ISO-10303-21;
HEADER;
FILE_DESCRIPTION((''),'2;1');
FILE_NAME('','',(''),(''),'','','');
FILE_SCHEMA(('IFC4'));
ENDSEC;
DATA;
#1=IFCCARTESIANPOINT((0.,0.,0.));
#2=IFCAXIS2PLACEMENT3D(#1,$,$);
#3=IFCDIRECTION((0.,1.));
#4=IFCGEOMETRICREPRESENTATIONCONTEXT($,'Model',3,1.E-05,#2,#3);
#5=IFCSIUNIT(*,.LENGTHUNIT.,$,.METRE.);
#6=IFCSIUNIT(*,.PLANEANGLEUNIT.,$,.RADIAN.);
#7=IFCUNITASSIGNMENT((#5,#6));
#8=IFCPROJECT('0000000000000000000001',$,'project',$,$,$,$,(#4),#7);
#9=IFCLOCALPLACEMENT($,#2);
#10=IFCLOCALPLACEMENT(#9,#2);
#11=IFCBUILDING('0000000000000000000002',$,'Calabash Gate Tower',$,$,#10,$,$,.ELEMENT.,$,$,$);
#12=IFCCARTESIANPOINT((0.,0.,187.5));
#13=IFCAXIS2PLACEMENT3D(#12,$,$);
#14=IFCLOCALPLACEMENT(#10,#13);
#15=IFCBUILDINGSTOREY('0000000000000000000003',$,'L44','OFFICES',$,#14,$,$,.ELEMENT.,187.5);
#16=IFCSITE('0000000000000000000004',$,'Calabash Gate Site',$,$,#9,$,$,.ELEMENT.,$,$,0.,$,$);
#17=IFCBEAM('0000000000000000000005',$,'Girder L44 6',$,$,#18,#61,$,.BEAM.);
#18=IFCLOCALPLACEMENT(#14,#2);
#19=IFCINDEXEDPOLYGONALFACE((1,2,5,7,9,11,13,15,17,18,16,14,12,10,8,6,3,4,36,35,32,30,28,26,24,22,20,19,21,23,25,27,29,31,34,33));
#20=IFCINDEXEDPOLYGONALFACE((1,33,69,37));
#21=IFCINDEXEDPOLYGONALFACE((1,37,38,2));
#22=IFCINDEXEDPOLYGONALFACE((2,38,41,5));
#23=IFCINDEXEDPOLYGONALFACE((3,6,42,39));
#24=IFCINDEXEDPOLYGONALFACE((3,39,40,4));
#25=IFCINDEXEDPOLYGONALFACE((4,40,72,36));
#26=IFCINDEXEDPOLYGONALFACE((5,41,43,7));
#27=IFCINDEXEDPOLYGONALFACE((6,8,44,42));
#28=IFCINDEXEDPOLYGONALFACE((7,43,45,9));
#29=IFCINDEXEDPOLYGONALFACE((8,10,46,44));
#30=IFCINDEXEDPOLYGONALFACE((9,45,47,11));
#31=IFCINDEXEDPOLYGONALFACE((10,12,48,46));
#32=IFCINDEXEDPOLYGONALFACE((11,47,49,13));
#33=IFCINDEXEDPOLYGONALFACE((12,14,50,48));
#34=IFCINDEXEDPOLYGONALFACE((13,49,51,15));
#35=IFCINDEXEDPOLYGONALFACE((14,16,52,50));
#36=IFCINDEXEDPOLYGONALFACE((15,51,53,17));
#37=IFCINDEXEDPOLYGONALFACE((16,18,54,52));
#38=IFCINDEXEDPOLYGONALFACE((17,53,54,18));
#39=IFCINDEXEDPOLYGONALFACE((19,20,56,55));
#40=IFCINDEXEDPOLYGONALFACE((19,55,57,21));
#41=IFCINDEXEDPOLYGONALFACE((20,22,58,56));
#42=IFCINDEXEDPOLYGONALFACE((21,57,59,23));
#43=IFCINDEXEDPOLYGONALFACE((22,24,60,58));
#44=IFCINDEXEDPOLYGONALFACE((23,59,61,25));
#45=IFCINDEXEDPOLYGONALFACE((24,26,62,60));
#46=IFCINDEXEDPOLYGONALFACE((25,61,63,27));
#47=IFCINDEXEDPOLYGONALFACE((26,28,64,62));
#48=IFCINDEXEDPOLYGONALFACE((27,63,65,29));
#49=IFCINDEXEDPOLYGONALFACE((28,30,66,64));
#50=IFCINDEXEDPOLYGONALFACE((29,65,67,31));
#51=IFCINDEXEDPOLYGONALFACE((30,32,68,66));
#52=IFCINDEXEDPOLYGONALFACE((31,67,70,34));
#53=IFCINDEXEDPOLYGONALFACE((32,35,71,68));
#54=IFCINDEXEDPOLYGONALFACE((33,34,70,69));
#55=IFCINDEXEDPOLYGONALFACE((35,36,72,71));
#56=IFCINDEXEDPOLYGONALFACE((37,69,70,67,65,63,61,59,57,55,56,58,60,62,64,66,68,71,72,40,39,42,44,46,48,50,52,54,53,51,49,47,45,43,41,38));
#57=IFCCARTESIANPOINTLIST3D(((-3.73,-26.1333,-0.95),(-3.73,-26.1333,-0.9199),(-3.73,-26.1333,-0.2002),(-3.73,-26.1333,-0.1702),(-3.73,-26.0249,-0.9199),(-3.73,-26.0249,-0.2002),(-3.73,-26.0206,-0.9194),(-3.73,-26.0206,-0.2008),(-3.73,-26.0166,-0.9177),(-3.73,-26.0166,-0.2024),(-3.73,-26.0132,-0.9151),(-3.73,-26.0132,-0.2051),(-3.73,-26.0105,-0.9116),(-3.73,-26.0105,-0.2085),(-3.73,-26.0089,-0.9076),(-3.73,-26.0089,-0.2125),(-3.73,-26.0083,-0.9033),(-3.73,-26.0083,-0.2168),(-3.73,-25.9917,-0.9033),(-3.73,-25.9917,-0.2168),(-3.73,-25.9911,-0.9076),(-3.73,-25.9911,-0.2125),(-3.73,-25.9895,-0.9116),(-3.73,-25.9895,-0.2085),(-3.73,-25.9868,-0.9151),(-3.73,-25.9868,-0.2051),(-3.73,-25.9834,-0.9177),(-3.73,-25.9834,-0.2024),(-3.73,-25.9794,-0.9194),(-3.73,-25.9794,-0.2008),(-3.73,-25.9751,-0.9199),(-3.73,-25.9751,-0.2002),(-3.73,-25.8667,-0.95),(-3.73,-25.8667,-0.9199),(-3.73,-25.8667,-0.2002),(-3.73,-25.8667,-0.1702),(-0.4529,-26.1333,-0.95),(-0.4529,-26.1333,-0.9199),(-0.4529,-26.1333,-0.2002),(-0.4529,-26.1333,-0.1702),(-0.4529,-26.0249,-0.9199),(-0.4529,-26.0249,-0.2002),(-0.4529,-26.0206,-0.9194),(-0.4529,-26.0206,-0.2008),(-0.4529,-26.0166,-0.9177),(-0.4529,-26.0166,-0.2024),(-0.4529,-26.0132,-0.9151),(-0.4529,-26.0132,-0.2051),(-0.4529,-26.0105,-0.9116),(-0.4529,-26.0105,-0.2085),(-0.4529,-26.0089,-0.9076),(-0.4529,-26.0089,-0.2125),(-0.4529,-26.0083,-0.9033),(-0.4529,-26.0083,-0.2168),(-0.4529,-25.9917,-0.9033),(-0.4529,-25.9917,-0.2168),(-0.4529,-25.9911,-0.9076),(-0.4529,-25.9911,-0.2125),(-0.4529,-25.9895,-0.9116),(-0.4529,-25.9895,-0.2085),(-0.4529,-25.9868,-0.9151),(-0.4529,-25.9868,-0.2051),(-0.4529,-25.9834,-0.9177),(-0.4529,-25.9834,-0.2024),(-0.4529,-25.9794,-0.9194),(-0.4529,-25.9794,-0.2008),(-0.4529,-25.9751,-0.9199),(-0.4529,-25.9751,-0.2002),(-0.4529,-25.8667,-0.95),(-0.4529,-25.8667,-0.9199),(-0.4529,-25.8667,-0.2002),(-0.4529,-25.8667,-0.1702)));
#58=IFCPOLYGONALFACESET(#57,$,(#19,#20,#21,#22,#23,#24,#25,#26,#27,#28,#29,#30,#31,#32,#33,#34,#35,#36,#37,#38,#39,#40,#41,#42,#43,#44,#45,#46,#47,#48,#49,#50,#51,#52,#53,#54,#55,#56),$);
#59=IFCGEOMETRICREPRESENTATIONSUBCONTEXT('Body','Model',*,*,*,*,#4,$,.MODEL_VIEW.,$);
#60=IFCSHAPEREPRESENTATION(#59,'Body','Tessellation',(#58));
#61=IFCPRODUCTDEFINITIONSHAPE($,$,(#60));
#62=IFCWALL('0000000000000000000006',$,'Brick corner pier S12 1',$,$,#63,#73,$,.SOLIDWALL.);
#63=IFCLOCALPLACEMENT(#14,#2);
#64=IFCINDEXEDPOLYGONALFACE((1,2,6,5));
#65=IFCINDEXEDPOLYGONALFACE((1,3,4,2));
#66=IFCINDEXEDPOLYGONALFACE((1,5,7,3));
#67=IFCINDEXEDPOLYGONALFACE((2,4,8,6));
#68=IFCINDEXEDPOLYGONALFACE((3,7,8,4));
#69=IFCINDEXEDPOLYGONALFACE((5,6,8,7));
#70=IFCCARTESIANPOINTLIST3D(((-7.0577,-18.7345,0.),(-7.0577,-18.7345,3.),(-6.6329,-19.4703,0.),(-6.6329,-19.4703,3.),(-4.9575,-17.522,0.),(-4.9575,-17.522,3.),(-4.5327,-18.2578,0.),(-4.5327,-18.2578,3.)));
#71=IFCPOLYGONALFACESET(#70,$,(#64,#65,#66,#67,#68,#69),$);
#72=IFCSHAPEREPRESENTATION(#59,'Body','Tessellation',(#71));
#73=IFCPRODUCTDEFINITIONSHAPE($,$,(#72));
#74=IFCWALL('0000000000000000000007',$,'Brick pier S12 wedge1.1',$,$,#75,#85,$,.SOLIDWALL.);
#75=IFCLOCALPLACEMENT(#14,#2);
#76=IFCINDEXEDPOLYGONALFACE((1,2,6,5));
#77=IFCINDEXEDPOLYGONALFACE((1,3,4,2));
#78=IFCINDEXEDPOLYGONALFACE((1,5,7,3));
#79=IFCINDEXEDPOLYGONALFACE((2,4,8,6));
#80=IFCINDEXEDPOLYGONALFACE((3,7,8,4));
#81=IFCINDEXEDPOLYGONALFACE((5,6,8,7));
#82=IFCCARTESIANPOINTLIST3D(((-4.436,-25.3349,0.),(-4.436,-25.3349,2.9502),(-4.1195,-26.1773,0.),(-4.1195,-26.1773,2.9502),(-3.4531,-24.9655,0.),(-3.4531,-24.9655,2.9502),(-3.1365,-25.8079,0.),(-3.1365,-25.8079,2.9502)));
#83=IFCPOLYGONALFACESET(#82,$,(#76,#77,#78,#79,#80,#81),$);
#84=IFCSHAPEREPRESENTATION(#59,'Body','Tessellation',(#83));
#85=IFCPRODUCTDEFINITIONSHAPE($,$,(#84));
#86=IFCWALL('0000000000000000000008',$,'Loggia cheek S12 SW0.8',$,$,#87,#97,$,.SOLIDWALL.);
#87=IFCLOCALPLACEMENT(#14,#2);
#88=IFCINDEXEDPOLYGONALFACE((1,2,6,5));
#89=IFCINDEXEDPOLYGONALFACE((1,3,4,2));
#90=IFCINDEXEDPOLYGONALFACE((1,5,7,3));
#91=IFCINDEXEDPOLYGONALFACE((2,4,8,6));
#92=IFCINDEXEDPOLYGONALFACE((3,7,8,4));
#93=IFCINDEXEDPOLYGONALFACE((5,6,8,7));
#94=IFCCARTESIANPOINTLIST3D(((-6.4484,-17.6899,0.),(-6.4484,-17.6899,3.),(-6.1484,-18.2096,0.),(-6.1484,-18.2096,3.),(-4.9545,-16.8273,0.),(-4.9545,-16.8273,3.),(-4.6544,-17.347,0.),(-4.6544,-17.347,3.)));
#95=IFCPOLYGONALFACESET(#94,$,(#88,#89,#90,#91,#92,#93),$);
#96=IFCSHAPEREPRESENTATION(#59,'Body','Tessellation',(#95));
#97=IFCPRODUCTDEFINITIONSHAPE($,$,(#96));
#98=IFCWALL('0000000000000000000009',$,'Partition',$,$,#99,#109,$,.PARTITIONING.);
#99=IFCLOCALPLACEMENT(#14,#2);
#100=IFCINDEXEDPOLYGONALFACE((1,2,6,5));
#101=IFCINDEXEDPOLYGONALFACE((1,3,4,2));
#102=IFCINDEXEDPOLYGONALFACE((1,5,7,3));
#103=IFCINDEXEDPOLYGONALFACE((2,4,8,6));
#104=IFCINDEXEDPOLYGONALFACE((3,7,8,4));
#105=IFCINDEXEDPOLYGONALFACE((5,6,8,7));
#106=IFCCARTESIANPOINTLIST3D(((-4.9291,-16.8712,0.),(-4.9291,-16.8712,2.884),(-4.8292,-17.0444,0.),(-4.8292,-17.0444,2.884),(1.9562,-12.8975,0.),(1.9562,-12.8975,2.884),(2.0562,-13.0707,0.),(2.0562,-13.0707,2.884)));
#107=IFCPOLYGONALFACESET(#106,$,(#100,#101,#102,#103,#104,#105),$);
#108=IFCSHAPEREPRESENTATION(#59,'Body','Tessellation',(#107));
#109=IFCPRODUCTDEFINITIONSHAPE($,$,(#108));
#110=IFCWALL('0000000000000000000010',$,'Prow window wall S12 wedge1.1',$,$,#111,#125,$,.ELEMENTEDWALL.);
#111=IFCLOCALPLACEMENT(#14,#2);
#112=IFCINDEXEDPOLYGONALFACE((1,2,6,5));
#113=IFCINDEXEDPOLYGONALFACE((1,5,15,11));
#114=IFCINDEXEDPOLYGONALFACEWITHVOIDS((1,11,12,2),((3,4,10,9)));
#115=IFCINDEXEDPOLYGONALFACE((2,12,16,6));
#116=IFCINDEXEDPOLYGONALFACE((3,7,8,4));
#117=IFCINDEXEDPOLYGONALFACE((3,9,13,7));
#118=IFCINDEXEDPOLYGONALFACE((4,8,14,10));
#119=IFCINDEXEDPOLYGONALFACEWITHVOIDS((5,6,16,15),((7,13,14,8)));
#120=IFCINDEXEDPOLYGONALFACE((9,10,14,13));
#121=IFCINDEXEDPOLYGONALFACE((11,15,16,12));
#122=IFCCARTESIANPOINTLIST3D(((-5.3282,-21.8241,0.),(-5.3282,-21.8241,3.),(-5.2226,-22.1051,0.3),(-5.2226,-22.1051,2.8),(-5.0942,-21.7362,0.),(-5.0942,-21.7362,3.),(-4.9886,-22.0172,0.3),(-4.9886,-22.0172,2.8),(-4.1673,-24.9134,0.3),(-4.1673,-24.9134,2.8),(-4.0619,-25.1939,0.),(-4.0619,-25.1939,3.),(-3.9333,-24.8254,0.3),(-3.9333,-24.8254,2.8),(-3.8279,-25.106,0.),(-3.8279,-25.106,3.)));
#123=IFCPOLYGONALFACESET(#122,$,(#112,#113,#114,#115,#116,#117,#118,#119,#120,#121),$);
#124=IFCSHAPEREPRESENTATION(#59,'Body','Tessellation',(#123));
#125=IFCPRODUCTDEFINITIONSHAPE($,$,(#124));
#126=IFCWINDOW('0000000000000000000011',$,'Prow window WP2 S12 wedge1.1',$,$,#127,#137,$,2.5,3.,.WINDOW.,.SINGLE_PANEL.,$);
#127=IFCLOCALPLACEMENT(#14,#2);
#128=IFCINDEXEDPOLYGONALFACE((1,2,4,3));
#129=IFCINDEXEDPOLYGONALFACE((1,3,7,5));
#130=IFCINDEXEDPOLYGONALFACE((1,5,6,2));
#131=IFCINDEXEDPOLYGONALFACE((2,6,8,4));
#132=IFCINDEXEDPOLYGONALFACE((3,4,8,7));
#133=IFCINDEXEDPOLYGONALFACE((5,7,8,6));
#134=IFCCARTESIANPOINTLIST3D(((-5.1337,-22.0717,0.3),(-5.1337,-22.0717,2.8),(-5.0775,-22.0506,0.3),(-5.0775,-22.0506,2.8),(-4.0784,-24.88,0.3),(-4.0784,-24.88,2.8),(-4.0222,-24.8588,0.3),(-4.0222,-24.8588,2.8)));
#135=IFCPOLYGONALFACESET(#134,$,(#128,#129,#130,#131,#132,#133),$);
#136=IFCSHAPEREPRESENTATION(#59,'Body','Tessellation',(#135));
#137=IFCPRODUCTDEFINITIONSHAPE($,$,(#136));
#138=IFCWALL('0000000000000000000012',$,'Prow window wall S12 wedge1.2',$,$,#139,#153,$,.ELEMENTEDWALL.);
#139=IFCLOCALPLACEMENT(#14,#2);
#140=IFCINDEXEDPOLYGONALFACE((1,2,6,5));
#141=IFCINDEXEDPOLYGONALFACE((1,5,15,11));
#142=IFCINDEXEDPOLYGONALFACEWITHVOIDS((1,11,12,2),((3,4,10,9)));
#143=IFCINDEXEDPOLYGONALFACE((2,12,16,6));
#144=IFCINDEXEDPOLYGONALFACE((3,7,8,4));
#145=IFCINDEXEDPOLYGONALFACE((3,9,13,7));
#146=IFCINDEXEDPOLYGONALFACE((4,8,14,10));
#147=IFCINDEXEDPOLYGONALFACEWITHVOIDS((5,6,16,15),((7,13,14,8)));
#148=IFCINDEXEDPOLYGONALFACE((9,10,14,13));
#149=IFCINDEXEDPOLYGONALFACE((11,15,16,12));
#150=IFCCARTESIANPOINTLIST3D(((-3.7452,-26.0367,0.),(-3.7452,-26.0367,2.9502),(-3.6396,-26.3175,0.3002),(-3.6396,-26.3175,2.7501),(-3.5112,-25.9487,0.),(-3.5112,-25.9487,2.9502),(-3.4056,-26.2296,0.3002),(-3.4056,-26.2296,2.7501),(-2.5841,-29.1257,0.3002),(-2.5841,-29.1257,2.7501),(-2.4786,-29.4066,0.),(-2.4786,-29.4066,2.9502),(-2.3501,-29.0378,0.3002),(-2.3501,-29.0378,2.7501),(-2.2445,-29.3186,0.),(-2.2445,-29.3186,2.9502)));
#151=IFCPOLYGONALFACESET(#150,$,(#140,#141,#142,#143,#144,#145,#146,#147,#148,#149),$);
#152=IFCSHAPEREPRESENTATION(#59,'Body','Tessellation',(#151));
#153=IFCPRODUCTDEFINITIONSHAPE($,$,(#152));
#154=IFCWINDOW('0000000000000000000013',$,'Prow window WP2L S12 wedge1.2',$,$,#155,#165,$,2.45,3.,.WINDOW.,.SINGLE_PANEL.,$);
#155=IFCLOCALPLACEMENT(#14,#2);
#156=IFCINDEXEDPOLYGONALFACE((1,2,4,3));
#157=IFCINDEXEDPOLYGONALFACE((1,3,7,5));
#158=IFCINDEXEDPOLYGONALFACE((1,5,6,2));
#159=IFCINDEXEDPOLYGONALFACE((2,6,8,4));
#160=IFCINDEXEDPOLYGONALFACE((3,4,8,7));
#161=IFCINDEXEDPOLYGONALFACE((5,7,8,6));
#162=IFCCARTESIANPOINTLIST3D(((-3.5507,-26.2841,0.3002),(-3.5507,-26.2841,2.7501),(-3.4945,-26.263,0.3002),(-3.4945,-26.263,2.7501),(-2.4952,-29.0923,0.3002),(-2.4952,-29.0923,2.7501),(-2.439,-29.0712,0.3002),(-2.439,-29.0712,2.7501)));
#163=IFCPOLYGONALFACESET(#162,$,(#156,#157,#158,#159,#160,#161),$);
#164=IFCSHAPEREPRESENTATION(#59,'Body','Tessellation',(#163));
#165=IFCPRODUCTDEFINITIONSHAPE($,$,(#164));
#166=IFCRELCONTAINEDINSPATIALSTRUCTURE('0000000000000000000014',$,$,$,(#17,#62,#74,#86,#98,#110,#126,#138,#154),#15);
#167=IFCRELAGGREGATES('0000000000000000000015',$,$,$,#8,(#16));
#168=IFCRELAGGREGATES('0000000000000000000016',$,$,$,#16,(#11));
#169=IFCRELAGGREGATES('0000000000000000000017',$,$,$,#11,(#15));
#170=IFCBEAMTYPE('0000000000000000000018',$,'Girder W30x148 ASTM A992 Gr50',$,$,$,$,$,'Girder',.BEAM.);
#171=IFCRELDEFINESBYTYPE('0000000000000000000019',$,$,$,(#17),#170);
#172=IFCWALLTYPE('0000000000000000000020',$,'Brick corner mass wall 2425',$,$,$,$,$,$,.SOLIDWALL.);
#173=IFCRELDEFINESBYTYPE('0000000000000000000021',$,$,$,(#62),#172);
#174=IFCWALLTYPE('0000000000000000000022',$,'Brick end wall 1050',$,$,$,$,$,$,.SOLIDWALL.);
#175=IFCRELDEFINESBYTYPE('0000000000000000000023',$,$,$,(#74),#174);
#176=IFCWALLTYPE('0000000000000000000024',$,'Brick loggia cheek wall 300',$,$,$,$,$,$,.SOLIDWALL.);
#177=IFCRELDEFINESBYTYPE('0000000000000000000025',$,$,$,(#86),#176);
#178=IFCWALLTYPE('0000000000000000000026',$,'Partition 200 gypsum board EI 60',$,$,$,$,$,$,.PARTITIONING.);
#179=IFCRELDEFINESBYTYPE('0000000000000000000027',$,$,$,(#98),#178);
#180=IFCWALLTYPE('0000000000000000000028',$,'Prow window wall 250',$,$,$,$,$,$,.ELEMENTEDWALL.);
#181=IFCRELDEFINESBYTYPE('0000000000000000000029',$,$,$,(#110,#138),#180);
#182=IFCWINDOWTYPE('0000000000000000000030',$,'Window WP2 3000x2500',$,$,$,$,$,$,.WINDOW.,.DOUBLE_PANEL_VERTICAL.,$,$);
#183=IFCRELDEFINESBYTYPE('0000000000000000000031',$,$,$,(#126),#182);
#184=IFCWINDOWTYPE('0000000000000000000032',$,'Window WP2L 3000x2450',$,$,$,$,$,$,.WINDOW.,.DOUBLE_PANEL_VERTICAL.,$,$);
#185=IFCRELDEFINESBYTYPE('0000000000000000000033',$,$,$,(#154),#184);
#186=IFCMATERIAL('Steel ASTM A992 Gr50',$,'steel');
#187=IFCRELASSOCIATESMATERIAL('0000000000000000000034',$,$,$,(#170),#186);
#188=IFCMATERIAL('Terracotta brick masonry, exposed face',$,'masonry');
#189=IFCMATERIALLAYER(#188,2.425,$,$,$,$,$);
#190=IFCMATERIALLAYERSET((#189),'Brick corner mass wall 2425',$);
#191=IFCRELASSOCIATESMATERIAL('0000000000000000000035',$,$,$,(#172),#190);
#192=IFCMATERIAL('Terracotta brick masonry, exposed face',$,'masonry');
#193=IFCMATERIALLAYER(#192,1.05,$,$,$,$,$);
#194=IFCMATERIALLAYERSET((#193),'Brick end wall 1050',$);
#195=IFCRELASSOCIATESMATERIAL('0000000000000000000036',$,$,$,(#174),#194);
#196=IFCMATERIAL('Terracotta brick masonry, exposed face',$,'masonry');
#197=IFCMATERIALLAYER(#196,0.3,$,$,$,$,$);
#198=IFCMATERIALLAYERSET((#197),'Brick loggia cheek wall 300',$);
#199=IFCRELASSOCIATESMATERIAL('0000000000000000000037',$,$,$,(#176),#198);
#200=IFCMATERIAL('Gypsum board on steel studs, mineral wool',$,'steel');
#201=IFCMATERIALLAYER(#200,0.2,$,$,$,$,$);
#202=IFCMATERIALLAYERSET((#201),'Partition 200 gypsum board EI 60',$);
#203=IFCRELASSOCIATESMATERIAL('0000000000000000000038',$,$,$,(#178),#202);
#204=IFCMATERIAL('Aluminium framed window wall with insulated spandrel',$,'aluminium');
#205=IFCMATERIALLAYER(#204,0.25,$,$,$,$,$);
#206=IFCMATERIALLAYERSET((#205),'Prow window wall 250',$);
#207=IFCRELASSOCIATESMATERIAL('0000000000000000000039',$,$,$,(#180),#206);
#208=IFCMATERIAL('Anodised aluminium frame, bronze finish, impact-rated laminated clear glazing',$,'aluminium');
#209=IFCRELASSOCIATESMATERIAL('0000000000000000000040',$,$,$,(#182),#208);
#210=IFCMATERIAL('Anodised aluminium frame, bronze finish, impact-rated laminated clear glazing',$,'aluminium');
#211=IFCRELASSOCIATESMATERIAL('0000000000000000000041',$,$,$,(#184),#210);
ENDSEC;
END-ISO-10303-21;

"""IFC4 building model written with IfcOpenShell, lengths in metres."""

from ifc_helpers import new_model, si_unit, direction, frame, frame_2d, origin, origin_2d, place, context, subcontext, project, spatial, rectangle, i_section, extrude, material, layer, layer_set, material_profile, profile_set, type_object, element, fill, save


model = new_model("IFC4")

# Units and contexts
model_context = context("Model", 3, precision=1e-05, world=origin(), true_north=direction((0.0, 1.0)))
body_context = subcontext(model_context, "Body", "Model", "MODEL_VIEW")
ifc_project = project(units=[si_unit("LENGTHUNIT", "METRE"), si_unit("PLANEANGLEUNIT", "RADIAN")], contexts=[model_context])

# Site, building, storey
site_placement = place(None, origin())
site = spatial("IfcSite", under=ifc_project, at=site_placement, Name="Calabash Gate Site", CompositionType="ELEMENT", RefElevation=0.0)
building_placement = place(site_placement, origin())
building = spatial("IfcBuilding", under=site, at=building_placement, Name="Calabash Gate Tower", CompositionType="ELEMENT")
storey_placement = place(building_placement, frame((0.0, 0.0, 187.5)))
storey = spatial("IfcBuildingStorey", under=building, at=storey_placement, Name="L44", Description="OFFICES", CompositionType="ELEMENT", Elevation=187.5)

# Beam
ifc_material_1 = material(Name="Steel ASTM A992 Gr50", Category="steel")
ifc_material_profile_1 = material_profile(ifc_material_1, i_section(OverallWidth=0.2666, OverallDepth=0.7798, WebThickness=0.0166, FlangeThickness=0.03, FilletRadius=0.0166, at=origin_2d()))
ifc_profile_set_1 = profile_set([ifc_material_profile_1], Name="Steel ASTM A992 Gr50")
beam_type_1 = type_object("IfcBeamType", Name="Girder W30x148 ASTM A992 Gr50", ElementType="Girder", PredefinedType="BEAM", material=ifc_profile_set_1)
beam_1_placement = place(storey_placement, frame((-3.73, -26.0, -0.5601), z_axis=(1.0, 0.0, 0.0), x_axis=(0.0, 1.0, 0.0)))
element("IfcBeam", 1, at=beam_1_placement, inside=storey, type_object=beam_type_1, Name="Girder L44 6", PredefinedType="BEAM", context=body_context, shape_type="SweptSolid", body=[
    extrude(i_section(OverallWidth=0.2666, OverallDepth=0.7798, WebThickness=0.0166, FlangeThickness=0.03, FilletRadius=0.0166, at=origin_2d()), origin(), (0.0, 0.0, 1.0), 3.2771),
])

# Walls
ifc_material_2 = material(Name="Terracotta brick masonry, exposed face", Category="masonry")
ifc_layer_1 = layer(ifc_material_2, 2.425)
ifc_layer_set_1 = layer_set([ifc_layer_1], Name="Brick corner mass wall 2425")
wall_type_1 = type_object("IfcWallType", Name="Brick corner mass wall 2425", PredefinedType="SOLIDWALL", material=ifc_layer_set_1)
wall_1_placement = place(storey_placement, frame((-6.8452, -19.1023, 0.0), z_axis=(0.0, 0.0, 1.0), x_axis=(0.866041, 0.499972, 0.0)))
element("IfcWall", 2, at=wall_1_placement, inside=storey, type_object=wall_type_1, Name="Brick corner pier S12 1", PredefinedType="SOLIDWALL", context=body_context, shape_type="SweptSolid", body=[
    extrude(rectangle(XDim=2.425, YDim=0.8496, at=frame_2d((1.2124, 0.0))), origin(), (0.0, 0.0, 1.0), 3.0),
])
ifc_material_3 = material(Name="Terracotta brick masonry, exposed face", Category="masonry")
ifc_layer_2 = layer(ifc_material_3, 1.05)
ifc_layer_set_2 = layer_set([ifc_layer_2], Name="Brick end wall 1050")
wall_type_2 = type_object("IfcWallType", Name="Brick end wall 1050", PredefinedType="SOLIDWALL", material=ifc_layer_set_2)
wall_2_placement = place(storey_placement, frame((-3.2949, -25.3867, 0.0), z_axis=(0.0, 0.0, 1.0), x_axis=(-0.936081, -0.351786, 0.0)))
element("IfcWall", 3, at=wall_2_placement, inside=storey, type_object=wall_type_2, Name="Brick pier S12 wedge1.1", PredefinedType="SOLIDWALL", context=body_context, shape_type="SweptSolid", body=[
    extrude(rectangle(XDim=1.05, YDim=0.8999, at=frame_2d((0.5249, 0.0))), origin(), (0.0, 0.0, 1.0), 2.9502),
])
ifc_material_4 = material(Name="Terracotta brick masonry, exposed face", Category="masonry")
ifc_layer_3 = layer(ifc_material_4, 0.3)
ifc_layer_set_3 = layer_set([ifc_layer_3], Name="Brick loggia cheek wall 300")
wall_type_3 = type_object("IfcWallType", Name="Brick loggia cheek wall 300", PredefinedType="SOLIDWALL", material=ifc_layer_set_3)
wall_3_placement = place(storey_placement, frame((-4.8044, -17.0872, 0.0), z_axis=(0.0, 0.0, 1.0), x_axis=(-0.866014, -0.500021, 0.0)))
element("IfcWall", 4, at=wall_3_placement, inside=storey, type_object=wall_type_3, Name="Loggia cheek S12 SW0.8", PredefinedType="SOLIDWALL", context=body_context, shape_type="SweptSolid", body=[
    extrude(rectangle(XDim=1.7251, YDim=0.6001, at=frame_2d((0.8625, 0.0))), origin(), (0.0, 0.0, 1.0), 3.0),
])
ifc_material_5 = material(Name="Gypsum board on steel studs, mineral wool", Category="steel")
ifc_layer_4 = layer(ifc_material_5, 0.2)
ifc_layer_set_4 = layer_set([ifc_layer_4], Name="Partition 200 gypsum board EI 60")
wall_type_4 = type_object("IfcWallType", Name="Partition 200 gypsum board EI 60", PredefinedType="PARTITIONING", material=ifc_layer_set_4)
wall_4_placement = place(storey_placement, frame((-4.8792, -16.9578, 0.0), z_axis=(0.0, 0.0, 1.0), x_axis=(0.866111, 0.499852, 0.0)))
element("IfcWall", 5, at=wall_4_placement, inside=storey, type_object=wall_type_4, Name="Partition", PredefinedType="PARTITIONING", context=body_context, shape_type="SweptSolid", body=[
    extrude(rectangle(XDim=7.9497, YDim=0.2, at=frame_2d((3.9749, 0.0))), origin(), (0.0, 0.0, 1.0), 2.884),
])

# Walls, openings, windows
ifc_material_6 = material(Name="Aluminium framed window wall with insulated spandrel", Category="aluminium")
ifc_layer_5 = layer(ifc_material_6, 0.25)
ifc_layer_set_5 = layer_set([ifc_layer_5], Name="Prow window wall 250")
wall_type_5 = type_object("IfcWallType", Name="Prow window wall 250", PredefinedType="ELEMENTEDWALL", material=ifc_layer_set_5)
wall_5_placement = place(storey_placement, frame((-5.2112, -21.7803, 0.0), z_axis=(0.0, 0.0, 1.0), x_axis=(0.35177, -0.936086, 0.0)))
wall_5 = element("IfcWall", 6, at=wall_5_placement, inside=storey, type_object=wall_type_5, Name="Prow window wall S12 wedge1.1", PredefinedType="ELEMENTEDWALL", context=body_context, shape_type="SweptSolid", body=[
    extrude(rectangle(XDim=3.5999, YDim=0.25, at=frame_2d((1.7998, 0.0))), origin(), (0.0, 0.0, 1.0), 3.0),
])
opening_1_placement = place(wall_5_placement, frame((0.3, 0.0, 0.3)))
opening_1 = element("IfcOpeningElement", 7, at=opening_1_placement, cuts=wall_5, PredefinedType="OPENING", context=body_context, shape_type="SweptSolid", body=[
    extrude(rectangle(XDim=3.0, YDim=2.5, at=frame_2d((1.5, 1.25))), frame((0.0, 0.135, 0.0), z_axis=(0.0, -1.0, 0.0), x_axis=(1.0, 0.0, 0.0)), (0.0, 0.0, 1.0), 0.27),
])
ifc_material_7 = material(Name="Anodised aluminium frame, bronze finish, impact-rated laminated clear glazing", Category="aluminium")
window_type_1 = type_object("IfcWindowType", Name="Window WP2 3000x2500", PartitioningType="DOUBLE_PANEL_VERTICAL", PredefinedType="WINDOW", material=ifc_material_7)
window_1_placement = place(opening_1_placement, origin())
window_1 = element("IfcWindow", 8, at=window_1_placement, inside=storey, type_object=window_type_1, Name="Prow window WP2 S12 wedge1.1", OverallHeight=2.5, OverallWidth=3.0, PartitioningType="SINGLE_PANEL", PredefinedType="WINDOW", context=body_context, shape_type="SweptSolid", body=[
    extrude(rectangle(XDim=3.0, YDim=2.5, at=frame_2d((1.5, 1.25))), frame((0.0, 0.03, 0.0), z_axis=(0.0, -1.0, 0.0), x_axis=(1.0, 0.0, 0.0)), (0.0, 0.0, 1.0), 0.0601),
])
fill(opening_1, window_1)
wall_6_placement = place(storey_placement, frame((-3.6282, -25.9927, 0.0), z_axis=(0.0, 0.0, 1.0), x_axis=(0.351829, -0.936064, 0.0)))
wall_6 = element("IfcWall", 9, at=wall_6_placement, inside=storey, type_object=wall_type_5, Name="Prow window wall S12 wedge1.2", PredefinedType="ELEMENTEDWALL", context=body_context, shape_type="SweptSolid", body=[
    extrude(rectangle(XDim=3.6001, YDim=0.25, at=frame_2d((1.8, 0.0))), origin(), (0.0, 0.0, 1.0), 2.9502),
])
opening_2_placement = place(wall_6_placement, frame((0.3, 0.0, 0.3)))
opening_2 = element("IfcOpeningElement", 10, at=opening_2_placement, cuts=wall_6, PredefinedType="OPENING", context=body_context, shape_type="SweptSolid", body=[
    extrude(rectangle(XDim=3.0, YDim=2.45, at=frame_2d((1.5, 1.2251))), frame((0.0, 0.135, 0.0), z_axis=(0.0, -1.0, 0.0), x_axis=(1.0, 0.0, 0.0)), (0.0, 0.0, 1.0), 0.27),
])
ifc_material_8 = material(Name="Anodised aluminium frame, bronze finish, impact-rated laminated clear glazing", Category="aluminium")
window_type_2 = type_object("IfcWindowType", Name="Window WP2L 3000x2450", PartitioningType="DOUBLE_PANEL_VERTICAL", PredefinedType="WINDOW", material=ifc_material_8)
window_2_placement = place(opening_2_placement, origin())
window_2 = element("IfcWindow", 11, at=window_2_placement, inside=storey, type_object=window_type_2, Name="Prow window WP2L S12 wedge1.2", OverallHeight=2.45, OverallWidth=3.0, PartitioningType="SINGLE_PANEL", PredefinedType="WINDOW", context=body_context, shape_type="SweptSolid", body=[
    extrude(rectangle(XDim=3.0, YDim=2.45, at=frame_2d((1.5, 1.2251))), frame((0.0, 0.03, 0.0), z_axis=(0.0, -1.0, 0.0), x_axis=(1.0, 0.0, 0.0)), (0.0, 0.0, 1.0), 0.0601),
])
fill(opening_2, window_2)

save(model, "model.ifc")
